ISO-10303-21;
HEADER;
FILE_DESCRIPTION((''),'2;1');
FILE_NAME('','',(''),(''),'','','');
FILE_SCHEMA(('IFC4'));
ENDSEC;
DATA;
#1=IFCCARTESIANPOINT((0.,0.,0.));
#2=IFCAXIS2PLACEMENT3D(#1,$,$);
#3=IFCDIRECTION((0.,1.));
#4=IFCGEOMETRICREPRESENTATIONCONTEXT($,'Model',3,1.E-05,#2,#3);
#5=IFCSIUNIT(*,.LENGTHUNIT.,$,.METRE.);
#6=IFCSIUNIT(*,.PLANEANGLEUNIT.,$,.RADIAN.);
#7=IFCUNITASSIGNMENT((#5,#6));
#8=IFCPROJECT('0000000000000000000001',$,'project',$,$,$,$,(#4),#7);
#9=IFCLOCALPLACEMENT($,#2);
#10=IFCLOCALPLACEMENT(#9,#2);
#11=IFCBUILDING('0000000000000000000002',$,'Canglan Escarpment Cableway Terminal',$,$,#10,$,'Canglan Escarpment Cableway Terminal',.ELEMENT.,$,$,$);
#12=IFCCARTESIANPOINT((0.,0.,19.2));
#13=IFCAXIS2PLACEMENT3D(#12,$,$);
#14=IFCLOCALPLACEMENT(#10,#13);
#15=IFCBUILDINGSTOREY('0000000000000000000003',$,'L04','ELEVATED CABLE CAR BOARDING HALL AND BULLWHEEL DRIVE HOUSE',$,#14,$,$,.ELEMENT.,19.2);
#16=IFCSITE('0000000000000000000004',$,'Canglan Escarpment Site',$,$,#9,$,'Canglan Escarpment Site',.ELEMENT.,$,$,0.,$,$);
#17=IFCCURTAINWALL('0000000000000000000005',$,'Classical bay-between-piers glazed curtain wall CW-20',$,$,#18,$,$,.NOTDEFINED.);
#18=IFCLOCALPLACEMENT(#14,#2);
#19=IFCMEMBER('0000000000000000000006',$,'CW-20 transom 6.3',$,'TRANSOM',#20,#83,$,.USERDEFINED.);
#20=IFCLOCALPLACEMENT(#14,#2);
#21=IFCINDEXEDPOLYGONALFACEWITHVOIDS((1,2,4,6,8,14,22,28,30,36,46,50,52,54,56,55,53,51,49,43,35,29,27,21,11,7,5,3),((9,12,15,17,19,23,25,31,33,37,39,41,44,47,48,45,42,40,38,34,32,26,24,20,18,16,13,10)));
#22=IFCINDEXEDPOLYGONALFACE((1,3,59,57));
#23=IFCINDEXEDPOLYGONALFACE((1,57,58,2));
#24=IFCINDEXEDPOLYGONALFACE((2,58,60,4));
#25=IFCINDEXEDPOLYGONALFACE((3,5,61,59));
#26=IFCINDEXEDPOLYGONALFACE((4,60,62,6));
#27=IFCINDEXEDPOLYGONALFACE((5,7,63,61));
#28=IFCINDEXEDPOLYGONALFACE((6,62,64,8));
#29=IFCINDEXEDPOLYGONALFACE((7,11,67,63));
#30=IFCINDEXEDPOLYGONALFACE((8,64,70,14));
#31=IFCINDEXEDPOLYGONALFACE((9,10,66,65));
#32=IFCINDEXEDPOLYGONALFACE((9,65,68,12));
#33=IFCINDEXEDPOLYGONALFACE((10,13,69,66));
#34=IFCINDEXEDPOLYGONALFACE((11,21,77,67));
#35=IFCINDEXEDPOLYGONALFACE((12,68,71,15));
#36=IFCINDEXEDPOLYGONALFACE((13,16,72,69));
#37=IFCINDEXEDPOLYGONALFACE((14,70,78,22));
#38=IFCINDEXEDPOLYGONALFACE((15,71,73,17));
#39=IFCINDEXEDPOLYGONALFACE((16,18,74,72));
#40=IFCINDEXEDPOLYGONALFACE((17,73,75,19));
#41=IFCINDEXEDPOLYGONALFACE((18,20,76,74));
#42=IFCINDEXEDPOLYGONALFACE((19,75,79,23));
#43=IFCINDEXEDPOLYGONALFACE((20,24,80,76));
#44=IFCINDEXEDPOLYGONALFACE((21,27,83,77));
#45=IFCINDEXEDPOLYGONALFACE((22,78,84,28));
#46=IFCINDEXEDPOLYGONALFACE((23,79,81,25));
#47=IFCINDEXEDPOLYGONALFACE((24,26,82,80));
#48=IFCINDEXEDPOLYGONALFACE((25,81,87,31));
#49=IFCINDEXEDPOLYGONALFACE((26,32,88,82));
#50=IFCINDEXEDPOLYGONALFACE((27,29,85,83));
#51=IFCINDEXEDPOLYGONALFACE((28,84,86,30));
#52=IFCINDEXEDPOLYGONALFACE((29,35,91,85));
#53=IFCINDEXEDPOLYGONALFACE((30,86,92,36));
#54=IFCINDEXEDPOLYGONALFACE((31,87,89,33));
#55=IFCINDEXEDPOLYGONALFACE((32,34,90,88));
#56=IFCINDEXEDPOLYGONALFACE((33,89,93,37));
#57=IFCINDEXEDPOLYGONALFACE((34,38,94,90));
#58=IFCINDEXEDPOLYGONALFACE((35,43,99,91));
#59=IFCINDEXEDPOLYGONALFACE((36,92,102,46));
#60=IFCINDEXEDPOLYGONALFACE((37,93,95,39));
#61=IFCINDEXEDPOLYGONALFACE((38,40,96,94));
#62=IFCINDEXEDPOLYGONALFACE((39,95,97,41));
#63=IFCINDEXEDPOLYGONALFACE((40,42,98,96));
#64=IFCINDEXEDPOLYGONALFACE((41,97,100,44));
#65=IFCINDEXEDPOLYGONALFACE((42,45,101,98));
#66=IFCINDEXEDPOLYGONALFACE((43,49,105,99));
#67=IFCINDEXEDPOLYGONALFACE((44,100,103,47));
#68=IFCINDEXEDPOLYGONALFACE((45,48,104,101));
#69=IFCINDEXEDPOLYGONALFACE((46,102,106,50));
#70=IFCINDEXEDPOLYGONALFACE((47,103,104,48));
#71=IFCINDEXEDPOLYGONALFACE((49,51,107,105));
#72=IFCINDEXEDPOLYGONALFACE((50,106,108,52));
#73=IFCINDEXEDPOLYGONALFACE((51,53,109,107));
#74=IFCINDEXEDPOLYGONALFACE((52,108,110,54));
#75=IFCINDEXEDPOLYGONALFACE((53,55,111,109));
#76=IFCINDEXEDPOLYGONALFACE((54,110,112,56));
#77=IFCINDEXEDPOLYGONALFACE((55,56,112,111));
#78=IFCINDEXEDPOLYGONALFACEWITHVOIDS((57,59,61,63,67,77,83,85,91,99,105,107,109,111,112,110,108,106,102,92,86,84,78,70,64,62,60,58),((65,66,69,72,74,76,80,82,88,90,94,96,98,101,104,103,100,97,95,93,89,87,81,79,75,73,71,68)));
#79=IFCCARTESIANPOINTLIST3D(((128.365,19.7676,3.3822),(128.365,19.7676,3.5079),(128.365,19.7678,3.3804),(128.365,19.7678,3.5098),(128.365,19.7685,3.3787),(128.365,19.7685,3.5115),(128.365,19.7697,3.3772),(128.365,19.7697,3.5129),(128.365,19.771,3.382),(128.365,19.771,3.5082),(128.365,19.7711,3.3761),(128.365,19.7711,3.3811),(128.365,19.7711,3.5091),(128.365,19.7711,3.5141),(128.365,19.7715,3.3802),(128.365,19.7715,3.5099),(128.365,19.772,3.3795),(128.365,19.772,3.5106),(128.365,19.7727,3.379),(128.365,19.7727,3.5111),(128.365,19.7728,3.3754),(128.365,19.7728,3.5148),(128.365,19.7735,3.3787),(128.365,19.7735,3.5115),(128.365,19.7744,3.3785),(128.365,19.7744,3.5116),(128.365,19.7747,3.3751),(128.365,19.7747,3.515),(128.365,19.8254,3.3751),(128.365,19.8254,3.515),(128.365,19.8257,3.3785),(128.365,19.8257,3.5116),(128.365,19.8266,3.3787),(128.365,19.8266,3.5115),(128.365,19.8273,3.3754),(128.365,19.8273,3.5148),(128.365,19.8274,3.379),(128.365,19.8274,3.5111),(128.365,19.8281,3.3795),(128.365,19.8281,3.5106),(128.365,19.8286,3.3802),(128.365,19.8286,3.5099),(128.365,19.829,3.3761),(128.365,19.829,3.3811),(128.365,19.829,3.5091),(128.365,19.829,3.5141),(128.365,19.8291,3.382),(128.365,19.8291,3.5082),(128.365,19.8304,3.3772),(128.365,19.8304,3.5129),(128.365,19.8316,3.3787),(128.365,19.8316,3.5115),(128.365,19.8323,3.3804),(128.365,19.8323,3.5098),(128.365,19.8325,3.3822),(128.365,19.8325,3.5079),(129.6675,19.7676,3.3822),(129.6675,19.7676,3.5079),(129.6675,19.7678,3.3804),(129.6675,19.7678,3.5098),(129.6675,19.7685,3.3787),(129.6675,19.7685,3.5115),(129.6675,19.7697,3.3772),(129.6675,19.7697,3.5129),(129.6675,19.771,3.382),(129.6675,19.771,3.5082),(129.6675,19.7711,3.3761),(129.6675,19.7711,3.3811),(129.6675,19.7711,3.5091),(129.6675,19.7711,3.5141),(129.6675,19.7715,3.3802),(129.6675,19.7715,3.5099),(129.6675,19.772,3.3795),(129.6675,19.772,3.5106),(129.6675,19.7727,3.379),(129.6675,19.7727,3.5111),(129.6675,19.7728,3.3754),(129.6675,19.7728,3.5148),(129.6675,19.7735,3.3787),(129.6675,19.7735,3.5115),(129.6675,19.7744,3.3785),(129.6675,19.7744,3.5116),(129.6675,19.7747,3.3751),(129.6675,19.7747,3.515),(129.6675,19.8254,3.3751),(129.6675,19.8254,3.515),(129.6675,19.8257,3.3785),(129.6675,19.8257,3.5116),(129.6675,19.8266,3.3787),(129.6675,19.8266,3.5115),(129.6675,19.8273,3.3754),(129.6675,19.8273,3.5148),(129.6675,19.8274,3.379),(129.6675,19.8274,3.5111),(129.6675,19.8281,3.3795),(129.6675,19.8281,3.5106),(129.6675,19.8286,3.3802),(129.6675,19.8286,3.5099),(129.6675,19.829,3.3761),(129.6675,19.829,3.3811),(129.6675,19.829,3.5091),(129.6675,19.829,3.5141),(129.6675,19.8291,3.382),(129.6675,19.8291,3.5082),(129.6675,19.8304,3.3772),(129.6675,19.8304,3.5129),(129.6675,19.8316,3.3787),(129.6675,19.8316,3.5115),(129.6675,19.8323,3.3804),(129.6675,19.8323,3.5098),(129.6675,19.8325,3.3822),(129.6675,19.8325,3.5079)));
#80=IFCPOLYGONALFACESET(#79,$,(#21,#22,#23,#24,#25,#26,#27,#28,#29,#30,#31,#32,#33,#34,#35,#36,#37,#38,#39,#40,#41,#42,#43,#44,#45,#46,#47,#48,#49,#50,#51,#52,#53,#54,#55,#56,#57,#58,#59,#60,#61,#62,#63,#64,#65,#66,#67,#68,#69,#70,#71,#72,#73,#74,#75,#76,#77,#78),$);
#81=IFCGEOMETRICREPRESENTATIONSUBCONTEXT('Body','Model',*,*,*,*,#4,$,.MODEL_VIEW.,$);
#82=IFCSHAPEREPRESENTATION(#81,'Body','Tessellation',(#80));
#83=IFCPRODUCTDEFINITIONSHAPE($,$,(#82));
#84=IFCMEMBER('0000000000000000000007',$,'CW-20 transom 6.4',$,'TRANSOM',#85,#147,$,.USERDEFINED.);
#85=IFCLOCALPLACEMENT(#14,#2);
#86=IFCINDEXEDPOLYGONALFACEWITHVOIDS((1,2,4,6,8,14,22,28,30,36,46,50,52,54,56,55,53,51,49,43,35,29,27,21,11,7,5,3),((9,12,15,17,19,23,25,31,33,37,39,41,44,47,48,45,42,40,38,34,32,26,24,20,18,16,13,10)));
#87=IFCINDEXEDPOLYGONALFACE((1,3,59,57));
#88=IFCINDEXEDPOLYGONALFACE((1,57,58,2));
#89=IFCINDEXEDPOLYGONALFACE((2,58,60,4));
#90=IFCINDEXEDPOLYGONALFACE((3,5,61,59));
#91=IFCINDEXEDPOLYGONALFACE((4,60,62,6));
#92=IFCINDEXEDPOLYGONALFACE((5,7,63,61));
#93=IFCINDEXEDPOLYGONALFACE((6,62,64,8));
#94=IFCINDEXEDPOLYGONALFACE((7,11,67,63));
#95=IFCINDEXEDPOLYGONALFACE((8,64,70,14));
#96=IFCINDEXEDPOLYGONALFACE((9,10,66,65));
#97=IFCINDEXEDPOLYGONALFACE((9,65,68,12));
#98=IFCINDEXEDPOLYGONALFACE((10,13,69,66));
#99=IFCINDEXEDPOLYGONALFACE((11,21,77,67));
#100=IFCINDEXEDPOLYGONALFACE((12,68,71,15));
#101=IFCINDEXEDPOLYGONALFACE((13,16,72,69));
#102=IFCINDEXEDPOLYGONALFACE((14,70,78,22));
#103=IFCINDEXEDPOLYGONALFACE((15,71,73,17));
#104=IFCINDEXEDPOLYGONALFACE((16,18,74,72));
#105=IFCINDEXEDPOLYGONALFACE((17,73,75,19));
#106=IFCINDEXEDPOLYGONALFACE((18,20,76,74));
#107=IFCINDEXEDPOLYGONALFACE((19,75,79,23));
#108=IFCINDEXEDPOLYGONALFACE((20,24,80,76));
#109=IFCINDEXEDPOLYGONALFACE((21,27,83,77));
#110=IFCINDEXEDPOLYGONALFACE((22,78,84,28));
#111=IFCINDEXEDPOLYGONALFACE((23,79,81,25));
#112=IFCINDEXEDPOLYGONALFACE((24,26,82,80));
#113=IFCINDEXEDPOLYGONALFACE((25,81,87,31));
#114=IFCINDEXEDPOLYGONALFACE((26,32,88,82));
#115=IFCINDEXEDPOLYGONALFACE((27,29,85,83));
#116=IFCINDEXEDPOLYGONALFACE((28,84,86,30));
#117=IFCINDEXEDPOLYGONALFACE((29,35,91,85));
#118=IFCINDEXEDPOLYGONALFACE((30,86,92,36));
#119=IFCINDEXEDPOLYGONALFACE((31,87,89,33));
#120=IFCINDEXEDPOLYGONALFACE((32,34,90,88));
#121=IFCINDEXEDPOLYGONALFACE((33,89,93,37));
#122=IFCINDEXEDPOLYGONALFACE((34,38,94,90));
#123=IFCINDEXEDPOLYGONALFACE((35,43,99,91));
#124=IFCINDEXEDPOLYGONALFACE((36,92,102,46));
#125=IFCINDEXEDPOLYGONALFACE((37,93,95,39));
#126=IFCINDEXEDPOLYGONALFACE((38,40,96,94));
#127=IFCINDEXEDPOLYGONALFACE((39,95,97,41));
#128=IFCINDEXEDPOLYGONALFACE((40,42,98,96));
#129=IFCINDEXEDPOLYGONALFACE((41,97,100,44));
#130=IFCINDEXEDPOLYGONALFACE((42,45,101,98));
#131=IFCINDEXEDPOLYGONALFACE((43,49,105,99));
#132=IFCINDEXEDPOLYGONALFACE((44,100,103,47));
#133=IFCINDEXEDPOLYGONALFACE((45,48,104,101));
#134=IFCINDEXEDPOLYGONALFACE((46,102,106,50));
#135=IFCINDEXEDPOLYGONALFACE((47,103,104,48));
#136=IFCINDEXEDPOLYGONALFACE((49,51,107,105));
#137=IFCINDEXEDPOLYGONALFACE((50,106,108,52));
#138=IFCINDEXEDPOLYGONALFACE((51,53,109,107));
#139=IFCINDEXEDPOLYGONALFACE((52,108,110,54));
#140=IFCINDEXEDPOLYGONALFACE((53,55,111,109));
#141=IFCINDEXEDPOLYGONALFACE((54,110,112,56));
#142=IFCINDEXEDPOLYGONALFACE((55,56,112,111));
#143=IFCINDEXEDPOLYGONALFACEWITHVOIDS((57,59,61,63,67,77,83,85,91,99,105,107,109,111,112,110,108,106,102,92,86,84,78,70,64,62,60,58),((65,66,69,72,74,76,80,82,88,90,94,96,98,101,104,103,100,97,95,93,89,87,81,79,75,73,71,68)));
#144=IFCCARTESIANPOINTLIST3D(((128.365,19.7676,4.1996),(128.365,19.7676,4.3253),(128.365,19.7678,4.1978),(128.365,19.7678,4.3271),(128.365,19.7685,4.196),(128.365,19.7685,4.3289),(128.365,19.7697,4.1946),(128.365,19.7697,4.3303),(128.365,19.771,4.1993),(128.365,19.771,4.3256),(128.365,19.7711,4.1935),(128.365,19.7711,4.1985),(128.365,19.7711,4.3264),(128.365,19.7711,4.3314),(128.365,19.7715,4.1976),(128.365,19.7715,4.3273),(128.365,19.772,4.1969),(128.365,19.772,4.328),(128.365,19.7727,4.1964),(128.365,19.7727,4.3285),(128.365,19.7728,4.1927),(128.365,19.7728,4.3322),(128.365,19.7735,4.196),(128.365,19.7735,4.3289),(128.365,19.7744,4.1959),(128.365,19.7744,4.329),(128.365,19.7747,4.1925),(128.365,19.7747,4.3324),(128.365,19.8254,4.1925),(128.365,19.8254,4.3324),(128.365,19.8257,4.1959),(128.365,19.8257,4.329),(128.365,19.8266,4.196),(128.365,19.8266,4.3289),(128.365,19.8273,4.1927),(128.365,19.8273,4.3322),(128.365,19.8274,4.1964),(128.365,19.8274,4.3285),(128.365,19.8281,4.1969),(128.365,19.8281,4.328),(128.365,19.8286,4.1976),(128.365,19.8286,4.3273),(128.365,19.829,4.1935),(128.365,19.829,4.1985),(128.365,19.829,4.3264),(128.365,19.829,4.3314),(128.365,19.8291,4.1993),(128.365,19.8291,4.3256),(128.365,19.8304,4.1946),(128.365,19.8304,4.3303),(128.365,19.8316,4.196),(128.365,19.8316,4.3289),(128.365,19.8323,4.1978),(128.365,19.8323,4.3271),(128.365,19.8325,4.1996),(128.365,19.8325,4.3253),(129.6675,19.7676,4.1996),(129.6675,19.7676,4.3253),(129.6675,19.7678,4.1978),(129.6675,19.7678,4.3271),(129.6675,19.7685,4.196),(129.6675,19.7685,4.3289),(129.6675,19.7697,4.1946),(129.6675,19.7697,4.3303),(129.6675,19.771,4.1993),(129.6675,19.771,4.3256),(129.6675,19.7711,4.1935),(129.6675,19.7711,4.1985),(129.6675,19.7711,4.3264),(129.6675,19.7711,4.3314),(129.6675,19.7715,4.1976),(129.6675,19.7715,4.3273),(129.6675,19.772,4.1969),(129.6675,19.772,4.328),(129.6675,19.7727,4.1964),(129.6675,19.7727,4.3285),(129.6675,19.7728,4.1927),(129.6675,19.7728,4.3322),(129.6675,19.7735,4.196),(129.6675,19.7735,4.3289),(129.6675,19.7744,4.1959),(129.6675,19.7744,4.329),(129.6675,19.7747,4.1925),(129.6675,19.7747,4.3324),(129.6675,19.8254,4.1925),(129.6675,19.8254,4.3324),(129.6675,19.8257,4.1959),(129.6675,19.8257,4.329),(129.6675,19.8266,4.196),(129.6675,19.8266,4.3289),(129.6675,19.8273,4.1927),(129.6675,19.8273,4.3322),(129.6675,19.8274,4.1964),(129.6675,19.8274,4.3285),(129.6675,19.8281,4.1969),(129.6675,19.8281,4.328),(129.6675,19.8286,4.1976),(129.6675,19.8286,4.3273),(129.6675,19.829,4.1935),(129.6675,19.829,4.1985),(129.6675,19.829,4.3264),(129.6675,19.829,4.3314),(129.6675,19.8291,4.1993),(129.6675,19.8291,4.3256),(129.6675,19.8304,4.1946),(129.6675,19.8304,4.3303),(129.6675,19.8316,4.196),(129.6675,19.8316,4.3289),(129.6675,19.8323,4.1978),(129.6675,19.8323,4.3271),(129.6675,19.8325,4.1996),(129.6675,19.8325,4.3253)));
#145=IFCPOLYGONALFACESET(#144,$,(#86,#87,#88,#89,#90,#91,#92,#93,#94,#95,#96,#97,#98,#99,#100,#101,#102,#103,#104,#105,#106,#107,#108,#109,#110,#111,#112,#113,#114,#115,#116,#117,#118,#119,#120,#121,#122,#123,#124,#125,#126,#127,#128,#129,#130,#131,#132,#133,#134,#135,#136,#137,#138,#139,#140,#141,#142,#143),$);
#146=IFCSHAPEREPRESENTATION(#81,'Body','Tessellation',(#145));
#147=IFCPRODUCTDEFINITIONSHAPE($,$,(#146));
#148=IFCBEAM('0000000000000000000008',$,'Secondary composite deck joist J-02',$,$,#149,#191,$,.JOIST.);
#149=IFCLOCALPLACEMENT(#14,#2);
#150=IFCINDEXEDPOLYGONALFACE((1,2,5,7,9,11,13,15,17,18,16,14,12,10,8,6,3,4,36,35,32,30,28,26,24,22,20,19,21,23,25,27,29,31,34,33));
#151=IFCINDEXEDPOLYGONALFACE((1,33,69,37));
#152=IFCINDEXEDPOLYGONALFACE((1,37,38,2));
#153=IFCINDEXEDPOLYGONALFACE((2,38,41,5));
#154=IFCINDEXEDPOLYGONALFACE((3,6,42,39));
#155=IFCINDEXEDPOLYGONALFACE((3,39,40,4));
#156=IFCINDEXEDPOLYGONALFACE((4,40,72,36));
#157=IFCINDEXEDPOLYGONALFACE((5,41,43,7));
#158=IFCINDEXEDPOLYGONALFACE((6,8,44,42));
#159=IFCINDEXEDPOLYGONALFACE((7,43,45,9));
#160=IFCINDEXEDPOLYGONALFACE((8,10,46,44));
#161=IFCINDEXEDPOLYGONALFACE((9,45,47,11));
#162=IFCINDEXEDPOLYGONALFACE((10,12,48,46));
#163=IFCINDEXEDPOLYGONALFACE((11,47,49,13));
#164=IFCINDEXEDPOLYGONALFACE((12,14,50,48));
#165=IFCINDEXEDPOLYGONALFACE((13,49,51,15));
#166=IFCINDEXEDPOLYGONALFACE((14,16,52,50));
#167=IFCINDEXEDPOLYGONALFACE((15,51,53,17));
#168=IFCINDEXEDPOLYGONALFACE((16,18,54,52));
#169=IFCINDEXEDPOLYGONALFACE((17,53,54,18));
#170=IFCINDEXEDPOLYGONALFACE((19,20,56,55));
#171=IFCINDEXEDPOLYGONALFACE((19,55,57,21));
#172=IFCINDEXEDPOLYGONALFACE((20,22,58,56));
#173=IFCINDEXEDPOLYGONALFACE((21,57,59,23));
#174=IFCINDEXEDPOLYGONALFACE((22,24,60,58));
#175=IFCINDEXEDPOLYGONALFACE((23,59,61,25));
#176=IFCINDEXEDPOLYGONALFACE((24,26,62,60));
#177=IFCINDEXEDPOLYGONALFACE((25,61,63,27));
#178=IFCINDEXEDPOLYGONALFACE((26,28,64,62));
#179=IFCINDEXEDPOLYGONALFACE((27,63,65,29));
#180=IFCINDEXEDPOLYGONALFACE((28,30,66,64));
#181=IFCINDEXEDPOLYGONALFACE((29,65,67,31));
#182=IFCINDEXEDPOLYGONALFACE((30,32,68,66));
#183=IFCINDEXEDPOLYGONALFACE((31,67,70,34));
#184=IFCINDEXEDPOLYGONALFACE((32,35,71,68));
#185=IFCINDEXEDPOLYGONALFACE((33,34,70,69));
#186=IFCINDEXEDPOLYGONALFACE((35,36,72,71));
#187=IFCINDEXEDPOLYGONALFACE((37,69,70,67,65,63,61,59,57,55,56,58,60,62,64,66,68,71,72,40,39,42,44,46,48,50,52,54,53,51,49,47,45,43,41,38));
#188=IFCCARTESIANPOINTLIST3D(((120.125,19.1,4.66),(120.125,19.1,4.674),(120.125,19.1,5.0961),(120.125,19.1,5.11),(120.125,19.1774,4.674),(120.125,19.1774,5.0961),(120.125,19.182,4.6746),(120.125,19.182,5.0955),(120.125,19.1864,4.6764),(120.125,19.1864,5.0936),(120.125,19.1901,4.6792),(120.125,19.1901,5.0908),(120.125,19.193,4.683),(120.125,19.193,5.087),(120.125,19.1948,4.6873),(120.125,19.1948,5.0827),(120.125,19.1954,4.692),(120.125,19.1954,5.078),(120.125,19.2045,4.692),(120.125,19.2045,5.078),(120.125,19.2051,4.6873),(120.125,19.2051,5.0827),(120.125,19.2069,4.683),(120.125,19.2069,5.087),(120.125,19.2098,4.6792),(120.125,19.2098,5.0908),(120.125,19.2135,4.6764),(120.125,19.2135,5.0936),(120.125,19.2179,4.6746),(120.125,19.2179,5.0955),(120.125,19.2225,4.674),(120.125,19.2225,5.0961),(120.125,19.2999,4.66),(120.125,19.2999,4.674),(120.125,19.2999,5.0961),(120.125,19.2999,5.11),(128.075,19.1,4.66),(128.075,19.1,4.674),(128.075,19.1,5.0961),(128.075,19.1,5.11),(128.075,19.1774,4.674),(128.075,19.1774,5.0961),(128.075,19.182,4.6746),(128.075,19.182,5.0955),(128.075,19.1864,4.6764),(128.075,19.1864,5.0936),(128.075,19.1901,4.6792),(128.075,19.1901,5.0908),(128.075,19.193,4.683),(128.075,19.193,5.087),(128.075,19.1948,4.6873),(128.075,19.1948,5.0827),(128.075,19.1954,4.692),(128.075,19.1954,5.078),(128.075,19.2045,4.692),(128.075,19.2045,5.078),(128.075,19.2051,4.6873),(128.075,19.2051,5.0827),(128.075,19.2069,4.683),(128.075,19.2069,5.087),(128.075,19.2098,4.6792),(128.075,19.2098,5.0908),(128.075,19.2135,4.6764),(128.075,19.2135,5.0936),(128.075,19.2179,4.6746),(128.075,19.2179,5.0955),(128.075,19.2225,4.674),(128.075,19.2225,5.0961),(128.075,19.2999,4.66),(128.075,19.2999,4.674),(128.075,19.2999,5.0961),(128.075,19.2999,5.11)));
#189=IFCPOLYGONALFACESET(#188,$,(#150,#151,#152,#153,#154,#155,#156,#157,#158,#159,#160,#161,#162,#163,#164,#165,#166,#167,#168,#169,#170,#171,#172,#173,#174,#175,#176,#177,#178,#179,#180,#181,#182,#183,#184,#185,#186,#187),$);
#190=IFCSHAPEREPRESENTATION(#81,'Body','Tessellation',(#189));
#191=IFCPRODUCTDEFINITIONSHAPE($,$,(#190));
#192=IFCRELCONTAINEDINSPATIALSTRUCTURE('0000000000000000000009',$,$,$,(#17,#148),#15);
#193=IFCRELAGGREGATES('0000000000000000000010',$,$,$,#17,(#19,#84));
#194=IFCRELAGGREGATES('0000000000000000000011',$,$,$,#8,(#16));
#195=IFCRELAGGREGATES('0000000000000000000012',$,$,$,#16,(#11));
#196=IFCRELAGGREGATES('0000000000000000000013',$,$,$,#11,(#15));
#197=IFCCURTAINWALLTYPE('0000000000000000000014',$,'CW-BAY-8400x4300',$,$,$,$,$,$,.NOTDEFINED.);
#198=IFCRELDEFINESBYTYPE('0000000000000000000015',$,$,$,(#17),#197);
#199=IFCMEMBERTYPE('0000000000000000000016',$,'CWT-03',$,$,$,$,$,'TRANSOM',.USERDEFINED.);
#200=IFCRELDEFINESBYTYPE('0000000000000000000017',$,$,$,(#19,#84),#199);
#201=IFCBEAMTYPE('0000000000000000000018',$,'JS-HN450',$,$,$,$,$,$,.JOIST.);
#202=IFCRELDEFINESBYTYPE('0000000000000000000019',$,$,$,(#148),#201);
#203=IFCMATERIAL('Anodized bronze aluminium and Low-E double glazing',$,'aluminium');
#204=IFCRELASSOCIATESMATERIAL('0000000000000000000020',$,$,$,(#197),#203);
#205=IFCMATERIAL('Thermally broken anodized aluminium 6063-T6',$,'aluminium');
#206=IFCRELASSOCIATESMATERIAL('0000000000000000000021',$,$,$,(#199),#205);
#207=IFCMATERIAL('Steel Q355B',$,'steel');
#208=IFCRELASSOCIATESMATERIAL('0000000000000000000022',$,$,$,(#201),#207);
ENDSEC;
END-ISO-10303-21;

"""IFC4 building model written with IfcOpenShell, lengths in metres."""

from ifc_helpers import new_model, si_unit, direction, frame, origin, origin_2d, place, context, subcontext, project, spatial, hollow_rectangle, i_section, extrude, material, material_profile, profile_set, type_object, element, aggregate, save


model = new_model("IFC4")

# Units and contexts
model_context = context("Model", 3, precision=1e-05, world=origin(), true_north=direction((0.0, 1.0)))
body_context = subcontext(model_context, "Body", "Model", "MODEL_VIEW")
ifc_project = project(units=[si_unit("LENGTHUNIT", "METRE"), si_unit("PLANEANGLEUNIT", "RADIAN")], contexts=[model_context])

# Site, building, storey
site_placement = place(None, origin())
site = spatial("IfcSite", under=ifc_project, at=site_placement, Name="Canglan Escarpment Site", LongName="Canglan Escarpment Site", CompositionType="ELEMENT", RefElevation=0.0)
building_placement = place(site_placement, origin())
building = spatial("IfcBuilding", under=site, at=building_placement, Name="Canglan Escarpment Cableway Terminal", LongName="Canglan Escarpment Cableway Terminal", CompositionType="ELEMENT")
storey_placement = place(building_placement, frame((0.0, 0.0, 19.2)))
storey = spatial("IfcBuildingStorey", under=building, at=storey_placement, Name="L04", Description="ELEVATED CABLE CAR BOARDING HALL AND BULLWHEEL DRIVE HOUSE", CompositionType="ELEMENT", Elevation=19.2)

# Curtain wall, members
ifc_material_1 = material(Name="Anodized bronze aluminium and Low-E double glazing", Category="aluminium")
curtain_wall_type = type_object("IfcCurtainWallType", Name="CW-BAY-8400x4300", PredefinedType="NOTDEFINED", material=ifc_material_1)
curtain_wall_placement = place(storey_placement, origin())
curtain_wall = element("IfcCurtainWall", 1, at=curtain_wall_placement, inside=storey, type_object=curtain_wall_type, Name="Classical bay-between-piers glazed curtain wall CW-20", PredefinedType="NOTDEFINED")
ifc_material_2 = material(Name="Thermally broken anodized aluminium 6063-T6", Category="aluminium")
ifc_material_profile_1 = material_profile(ifc_material_2, hollow_rectangle(XDim=0.0649, YDim=0.1399, WallThickness=0.0034, InnerFilletRadius=0.0034, OuterFilletRadius=0.0071, at=origin_2d()), Name="ALU-TRAN 65x140x3.5")
ifc_profile_set_1 = profile_set([ifc_material_profile_1], Name="Thermally broken anodized aluminium 6063-T6")
member_type_1 = type_object("IfcMemberType", Name="CWT-03", ElementType="TRANSOM", PredefinedType="USERDEFINED", material=ifc_profile_set_1)
member_1_placement = place(storey_placement, frame((129.6675, 19.8, 3.4451), z_axis=(-1.0, 0.0, 0.0), x_axis=(0.0, -1.0, 0.0)))
member_1 = element("IfcMember", 2, at=member_1_placement, type_object=member_type_1, Name="CW-20 transom 6.3", ObjectType="TRANSOM", PredefinedType="USERDEFINED", context=body_context, shape_type="SweptSolid", body=[
    extrude(hollow_rectangle(XDim=0.0649, YDim=0.1399, WallThickness=0.0034, InnerFilletRadius=0.0034, OuterFilletRadius=0.0071, at=origin_2d()), origin(), (0.0, 0.0, 1.0), 1.3025),
])
member_2_placement = place(storey_placement, frame((129.6675, 19.8, 4.2625), z_axis=(-1.0, 0.0, 0.0), x_axis=(0.0, -1.0, 0.0)))
member_2 = element("IfcMember", 3, at=member_2_placement, type_object=member_type_1, Name="CW-20 transom 6.4", ObjectType="TRANSOM", PredefinedType="USERDEFINED", context=body_context, shape_type="SweptSolid", body=[
    extrude(hollow_rectangle(XDim=0.0649, YDim=0.1399, WallThickness=0.0034, InnerFilletRadius=0.0034, OuterFilletRadius=0.0071, at=origin_2d()), origin(), (0.0, 0.0, 1.0), 1.3025),
])

# Beam
ifc_material_3 = material(Name="Steel Q355B", Category="steel")
ifc_material_profile_2 = material_profile(ifc_material_3, i_section(OverallWidth=0.2, OverallDepth=0.45, WebThickness=0.009, FlangeThickness=0.0139, FilletRadius=0.0181, at=origin_2d()), Name="HN 450x200x9x14")
ifc_profile_set_2 = profile_set([ifc_material_profile_2], Name="Steel Q355B")
beam_type_1 = type_object("IfcBeamType", Name="JS-HN450", PredefinedType="JOIST", material=ifc_profile_set_2)
beam_1_placement = place(storey_placement, frame((120.125, 19.2, 4.885), z_axis=(1.0, 0.0, 0.0), x_axis=(0.0, 1.0, 0.0)))
element("IfcBeam", 4, at=beam_1_placement, inside=storey, type_object=beam_type_1, Name="Secondary composite deck joist J-02", PredefinedType="JOIST", context=body_context, shape_type="SweptSolid", body=[
    extrude(i_section(OverallWidth=0.2, OverallDepth=0.45, WebThickness=0.009, FlangeThickness=0.0139, FilletRadius=0.0181, at=origin_2d()), origin(), (0.0, 0.0, 1.0), 7.95),
])

aggregate(curtain_wall, [member_1, member_2])

save(model, "model.ifc")
